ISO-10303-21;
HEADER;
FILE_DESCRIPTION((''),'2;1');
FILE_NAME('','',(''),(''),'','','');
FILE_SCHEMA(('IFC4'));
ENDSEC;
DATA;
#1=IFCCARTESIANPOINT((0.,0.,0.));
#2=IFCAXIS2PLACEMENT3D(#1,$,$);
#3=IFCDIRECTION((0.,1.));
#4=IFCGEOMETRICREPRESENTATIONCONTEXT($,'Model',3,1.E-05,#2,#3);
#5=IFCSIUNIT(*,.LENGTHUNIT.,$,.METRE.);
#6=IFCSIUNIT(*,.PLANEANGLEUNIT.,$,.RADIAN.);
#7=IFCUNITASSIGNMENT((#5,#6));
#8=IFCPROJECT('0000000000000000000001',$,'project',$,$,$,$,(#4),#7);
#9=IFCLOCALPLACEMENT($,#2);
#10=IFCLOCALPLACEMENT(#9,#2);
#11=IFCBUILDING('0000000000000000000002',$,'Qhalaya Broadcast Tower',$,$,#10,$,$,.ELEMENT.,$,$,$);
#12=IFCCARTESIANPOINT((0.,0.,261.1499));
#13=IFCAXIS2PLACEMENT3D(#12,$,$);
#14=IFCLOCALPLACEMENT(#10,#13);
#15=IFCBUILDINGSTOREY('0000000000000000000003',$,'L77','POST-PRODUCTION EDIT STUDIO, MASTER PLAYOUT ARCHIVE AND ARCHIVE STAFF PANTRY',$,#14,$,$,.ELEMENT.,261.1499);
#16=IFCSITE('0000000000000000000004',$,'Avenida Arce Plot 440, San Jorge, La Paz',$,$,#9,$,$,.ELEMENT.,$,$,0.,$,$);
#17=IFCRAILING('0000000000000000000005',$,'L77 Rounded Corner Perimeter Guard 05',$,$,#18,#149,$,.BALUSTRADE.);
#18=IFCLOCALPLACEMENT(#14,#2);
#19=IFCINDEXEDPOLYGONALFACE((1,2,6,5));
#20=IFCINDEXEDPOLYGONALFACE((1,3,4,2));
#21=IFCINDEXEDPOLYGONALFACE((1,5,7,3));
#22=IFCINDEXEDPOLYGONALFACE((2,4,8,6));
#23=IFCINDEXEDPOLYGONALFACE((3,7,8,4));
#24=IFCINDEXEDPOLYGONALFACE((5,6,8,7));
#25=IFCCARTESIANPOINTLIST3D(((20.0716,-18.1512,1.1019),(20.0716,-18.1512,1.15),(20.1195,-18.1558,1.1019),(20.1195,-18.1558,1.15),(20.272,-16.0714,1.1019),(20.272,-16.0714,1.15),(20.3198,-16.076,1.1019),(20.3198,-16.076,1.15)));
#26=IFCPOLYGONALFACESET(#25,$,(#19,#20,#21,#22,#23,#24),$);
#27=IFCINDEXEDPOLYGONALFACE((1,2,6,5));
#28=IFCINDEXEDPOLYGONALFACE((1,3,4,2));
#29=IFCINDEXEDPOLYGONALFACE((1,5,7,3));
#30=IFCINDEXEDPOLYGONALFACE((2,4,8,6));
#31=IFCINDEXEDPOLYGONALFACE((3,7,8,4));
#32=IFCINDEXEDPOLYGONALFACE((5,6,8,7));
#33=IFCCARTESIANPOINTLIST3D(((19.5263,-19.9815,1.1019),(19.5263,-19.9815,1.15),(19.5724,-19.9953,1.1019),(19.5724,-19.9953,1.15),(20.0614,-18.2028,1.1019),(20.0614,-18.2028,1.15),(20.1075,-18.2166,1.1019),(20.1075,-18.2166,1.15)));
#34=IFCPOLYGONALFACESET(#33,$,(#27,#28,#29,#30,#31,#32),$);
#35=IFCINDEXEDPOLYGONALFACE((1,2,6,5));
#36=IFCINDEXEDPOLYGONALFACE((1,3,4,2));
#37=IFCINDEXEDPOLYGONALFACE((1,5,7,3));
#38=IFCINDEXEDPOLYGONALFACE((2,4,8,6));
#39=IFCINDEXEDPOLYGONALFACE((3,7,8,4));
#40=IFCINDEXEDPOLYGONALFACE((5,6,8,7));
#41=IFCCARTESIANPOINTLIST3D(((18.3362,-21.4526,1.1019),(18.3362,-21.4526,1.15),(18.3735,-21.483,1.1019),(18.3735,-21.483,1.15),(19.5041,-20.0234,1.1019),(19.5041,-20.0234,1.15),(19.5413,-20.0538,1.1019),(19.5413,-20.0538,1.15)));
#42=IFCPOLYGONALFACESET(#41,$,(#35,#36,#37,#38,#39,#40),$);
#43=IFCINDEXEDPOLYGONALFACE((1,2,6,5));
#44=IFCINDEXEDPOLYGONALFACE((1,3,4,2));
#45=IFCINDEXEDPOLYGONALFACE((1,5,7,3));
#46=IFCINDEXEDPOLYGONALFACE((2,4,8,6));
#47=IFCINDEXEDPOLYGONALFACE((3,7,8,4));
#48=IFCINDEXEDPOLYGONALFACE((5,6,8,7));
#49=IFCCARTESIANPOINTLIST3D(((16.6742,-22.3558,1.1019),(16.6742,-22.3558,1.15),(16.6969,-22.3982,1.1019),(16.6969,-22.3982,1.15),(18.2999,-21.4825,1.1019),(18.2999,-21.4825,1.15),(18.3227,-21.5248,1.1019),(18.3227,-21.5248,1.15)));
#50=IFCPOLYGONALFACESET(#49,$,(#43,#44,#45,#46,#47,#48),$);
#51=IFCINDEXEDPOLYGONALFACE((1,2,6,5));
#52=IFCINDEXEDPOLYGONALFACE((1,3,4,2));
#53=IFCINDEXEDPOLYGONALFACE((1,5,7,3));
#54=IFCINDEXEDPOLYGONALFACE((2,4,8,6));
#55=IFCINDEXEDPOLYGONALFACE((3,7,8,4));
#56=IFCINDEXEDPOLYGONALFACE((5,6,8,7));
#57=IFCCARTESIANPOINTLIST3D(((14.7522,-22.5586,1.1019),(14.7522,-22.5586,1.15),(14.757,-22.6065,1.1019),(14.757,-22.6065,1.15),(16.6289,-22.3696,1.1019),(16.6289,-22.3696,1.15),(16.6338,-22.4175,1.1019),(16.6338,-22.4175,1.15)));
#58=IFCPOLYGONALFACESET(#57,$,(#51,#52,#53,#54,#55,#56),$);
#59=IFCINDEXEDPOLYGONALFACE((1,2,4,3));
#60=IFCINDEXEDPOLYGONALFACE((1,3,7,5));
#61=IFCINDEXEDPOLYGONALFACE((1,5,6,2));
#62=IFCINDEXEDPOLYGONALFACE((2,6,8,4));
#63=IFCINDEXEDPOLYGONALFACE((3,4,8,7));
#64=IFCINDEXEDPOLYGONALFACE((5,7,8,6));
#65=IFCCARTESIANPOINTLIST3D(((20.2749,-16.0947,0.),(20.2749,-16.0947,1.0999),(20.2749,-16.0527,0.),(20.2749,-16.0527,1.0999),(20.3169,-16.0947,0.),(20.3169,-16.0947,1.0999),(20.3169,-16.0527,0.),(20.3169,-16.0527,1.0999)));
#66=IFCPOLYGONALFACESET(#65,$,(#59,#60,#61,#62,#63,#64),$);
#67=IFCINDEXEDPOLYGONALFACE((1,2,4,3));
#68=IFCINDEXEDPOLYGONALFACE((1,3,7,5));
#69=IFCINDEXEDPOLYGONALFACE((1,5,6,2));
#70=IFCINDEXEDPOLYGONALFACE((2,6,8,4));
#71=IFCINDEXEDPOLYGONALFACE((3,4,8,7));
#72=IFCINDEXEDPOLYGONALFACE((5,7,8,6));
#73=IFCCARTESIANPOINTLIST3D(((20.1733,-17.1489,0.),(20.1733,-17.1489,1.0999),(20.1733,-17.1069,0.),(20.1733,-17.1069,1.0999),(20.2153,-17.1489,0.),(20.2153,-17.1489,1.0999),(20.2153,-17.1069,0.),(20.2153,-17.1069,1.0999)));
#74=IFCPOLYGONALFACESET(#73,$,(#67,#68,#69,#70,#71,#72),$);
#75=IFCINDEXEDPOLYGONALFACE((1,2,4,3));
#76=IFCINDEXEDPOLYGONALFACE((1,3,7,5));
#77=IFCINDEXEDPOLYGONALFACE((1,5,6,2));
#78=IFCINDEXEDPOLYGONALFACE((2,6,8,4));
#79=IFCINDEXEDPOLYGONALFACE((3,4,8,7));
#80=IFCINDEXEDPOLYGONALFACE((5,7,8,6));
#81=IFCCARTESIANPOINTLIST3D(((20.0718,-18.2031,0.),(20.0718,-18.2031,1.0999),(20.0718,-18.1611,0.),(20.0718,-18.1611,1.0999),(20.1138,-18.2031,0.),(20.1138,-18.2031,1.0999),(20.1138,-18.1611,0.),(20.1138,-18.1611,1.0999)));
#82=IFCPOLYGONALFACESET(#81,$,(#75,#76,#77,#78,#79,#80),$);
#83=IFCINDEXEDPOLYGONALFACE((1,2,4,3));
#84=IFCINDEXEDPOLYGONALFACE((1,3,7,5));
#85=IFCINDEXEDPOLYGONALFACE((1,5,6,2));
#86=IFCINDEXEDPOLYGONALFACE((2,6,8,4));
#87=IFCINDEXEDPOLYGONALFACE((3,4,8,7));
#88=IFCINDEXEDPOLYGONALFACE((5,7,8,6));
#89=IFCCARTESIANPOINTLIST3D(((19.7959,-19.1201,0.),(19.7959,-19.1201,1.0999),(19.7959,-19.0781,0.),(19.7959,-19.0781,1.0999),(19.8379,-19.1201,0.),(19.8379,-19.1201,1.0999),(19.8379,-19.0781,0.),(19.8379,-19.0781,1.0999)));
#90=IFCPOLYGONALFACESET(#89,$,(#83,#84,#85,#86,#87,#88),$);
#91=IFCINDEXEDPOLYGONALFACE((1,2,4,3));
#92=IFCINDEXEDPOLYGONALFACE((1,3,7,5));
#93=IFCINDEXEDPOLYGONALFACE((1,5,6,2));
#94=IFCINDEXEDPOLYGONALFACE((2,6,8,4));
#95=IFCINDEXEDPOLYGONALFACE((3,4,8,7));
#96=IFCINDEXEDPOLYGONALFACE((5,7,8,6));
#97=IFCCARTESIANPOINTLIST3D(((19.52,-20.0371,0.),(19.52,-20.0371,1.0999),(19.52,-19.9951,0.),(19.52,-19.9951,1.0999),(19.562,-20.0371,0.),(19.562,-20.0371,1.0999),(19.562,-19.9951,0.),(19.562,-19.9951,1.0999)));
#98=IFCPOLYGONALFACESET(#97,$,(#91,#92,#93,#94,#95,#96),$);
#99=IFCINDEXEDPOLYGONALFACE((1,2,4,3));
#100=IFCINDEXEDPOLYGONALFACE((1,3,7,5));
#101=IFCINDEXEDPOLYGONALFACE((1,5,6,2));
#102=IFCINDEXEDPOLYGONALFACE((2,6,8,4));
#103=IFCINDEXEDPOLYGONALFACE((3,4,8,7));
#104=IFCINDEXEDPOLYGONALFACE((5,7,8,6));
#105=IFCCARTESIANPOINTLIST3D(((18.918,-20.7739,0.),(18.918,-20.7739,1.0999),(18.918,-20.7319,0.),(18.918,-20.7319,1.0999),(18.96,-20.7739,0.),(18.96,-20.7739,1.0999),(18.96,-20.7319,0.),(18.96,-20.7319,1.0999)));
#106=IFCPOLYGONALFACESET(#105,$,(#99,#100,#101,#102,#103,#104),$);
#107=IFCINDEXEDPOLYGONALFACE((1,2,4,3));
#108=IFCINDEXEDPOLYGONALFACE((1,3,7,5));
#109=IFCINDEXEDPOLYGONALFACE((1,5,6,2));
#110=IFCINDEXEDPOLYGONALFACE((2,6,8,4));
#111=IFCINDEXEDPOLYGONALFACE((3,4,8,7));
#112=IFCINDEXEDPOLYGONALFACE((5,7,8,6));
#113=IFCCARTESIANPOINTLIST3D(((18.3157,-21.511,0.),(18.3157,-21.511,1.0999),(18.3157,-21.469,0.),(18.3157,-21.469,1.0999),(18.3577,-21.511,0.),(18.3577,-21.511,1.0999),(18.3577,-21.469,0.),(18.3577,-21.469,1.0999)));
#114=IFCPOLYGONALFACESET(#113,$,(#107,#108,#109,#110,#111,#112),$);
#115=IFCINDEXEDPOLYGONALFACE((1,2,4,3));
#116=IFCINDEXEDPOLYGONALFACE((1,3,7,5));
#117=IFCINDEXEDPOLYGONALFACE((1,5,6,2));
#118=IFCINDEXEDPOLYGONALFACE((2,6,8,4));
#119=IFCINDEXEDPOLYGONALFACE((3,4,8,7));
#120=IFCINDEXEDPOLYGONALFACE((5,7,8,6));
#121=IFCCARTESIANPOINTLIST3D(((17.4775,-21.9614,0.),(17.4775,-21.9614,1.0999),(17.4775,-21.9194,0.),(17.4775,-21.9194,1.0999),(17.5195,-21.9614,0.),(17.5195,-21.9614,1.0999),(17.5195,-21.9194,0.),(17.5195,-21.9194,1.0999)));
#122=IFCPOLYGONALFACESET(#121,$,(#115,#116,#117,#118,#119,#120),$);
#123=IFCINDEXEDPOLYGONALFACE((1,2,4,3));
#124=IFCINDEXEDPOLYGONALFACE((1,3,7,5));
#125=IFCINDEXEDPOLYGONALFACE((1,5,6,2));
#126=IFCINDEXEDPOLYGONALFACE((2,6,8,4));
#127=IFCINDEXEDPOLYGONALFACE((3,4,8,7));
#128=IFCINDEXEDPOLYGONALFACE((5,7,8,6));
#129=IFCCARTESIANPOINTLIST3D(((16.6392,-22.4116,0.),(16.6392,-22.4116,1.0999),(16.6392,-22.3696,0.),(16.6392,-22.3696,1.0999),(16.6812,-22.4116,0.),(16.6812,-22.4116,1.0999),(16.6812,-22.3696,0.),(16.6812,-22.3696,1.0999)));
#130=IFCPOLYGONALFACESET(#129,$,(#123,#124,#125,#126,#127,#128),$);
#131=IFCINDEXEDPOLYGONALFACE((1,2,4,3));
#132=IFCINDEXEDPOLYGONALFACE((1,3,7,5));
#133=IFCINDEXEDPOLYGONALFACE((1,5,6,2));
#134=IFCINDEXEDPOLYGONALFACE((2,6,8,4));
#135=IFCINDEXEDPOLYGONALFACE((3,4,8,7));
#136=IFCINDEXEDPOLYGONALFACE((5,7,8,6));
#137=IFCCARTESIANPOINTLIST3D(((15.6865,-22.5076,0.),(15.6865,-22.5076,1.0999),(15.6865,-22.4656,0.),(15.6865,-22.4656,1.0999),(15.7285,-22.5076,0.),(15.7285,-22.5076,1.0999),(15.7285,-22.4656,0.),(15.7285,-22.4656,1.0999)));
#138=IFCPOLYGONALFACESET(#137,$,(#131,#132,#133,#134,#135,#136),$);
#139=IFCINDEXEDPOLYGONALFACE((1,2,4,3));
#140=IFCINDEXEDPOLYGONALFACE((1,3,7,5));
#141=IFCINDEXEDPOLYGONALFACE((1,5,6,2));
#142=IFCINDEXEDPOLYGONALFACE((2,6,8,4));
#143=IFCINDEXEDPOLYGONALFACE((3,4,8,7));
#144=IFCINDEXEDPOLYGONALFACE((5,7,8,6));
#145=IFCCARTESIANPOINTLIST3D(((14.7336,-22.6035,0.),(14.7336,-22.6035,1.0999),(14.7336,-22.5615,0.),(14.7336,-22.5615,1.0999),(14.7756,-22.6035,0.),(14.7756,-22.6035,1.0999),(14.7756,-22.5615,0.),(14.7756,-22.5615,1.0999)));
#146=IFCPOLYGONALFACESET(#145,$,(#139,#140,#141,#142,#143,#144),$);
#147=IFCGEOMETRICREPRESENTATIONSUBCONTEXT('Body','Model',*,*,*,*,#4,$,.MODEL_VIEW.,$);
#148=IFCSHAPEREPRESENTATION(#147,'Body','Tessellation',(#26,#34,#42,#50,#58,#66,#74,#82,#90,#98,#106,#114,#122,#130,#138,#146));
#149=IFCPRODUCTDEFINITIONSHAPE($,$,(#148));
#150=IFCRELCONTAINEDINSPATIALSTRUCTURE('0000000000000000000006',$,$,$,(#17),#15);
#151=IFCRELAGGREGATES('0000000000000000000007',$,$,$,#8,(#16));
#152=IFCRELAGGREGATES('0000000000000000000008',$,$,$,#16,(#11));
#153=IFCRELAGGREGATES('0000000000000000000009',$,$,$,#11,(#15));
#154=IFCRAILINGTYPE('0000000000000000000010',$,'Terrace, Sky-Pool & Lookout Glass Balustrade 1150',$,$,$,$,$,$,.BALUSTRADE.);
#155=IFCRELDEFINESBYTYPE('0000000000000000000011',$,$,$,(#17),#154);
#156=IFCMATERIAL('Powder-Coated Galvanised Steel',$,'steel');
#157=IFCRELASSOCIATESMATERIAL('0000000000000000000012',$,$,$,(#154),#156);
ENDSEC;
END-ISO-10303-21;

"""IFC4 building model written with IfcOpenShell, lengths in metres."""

from ifc_helpers import new_model, si_unit, direction, frame, origin, origin_2d, place, context, subcontext, project, spatial, rectangle, extrude, material, type_object, element, save


model = new_model("IFC4")

# Units and contexts
model_context = context("Model", 3, precision=1e-05, world=origin(), true_north=direction((0.0, 1.0)))
body_context = subcontext(model_context, "Body", "Model", "MODEL_VIEW")
ifc_project = project(units=[si_unit("LENGTHUNIT", "METRE"), si_unit("PLANEANGLEUNIT", "RADIAN")], contexts=[model_context])

# Site, building, storey
site_placement = place(None, origin())
site = spatial("IfcSite", under=ifc_project, at=site_placement, Name="Avenida Arce Plot 440, San Jorge, La Paz", CompositionType="ELEMENT", RefElevation=0.0)
building_placement = place(site_placement, origin())
building = spatial("IfcBuilding", under=site, at=building_placement, Name="Qhalaya Broadcast Tower", CompositionType="ELEMENT")
storey_placement = place(building_placement, frame((0.0, 0.0, 261.1499)))
storey = spatial("IfcBuildingStorey", under=building, at=storey_placement, Name="L77", Description="POST-PRODUCTION EDIT STUDIO, MASTER PLAYOUT ARCHIVE AND ARCHIVE STAFF PANTRY", CompositionType="ELEMENT", Elevation=261.1499)

# Railing
ifc_material_1 = material(Name="Powder-Coated Galvanised Steel", Category="steel")
railing_type = type_object("IfcRailingType", Name="Terrace, Sky-Pool & Lookout Glass Balustrade 1150", PredefinedType="BALUSTRADE", material=ifc_material_1)
railing_1_placement = place(storey_placement, frame((20.2959, -16.0737, 0.0)))
element("IfcRailing", 1, at=railing_1_placement, inside=storey, type_object=railing_type, Name="L77 Rounded Corner Perimeter Guard 05", PredefinedType="BALUSTRADE", context=body_context, shape_type="SweptSolid", body=[
    extrude(rectangle(XDim=0.0481, YDim=0.0481, at=origin_2d()), frame((0.0, 0.0, 1.126), z_axis=(-0.095897, -0.995391, 0.0), x_axis=(0.995391, -0.095897, 0.0)), (0.0, 0.0, 1.0), 2.0894),
    extrude(rectangle(XDim=0.0481, YDim=0.0481, at=origin_2d()), frame((-0.2114, -2.136, 1.126), z_axis=(-0.288096, -0.957601, 0.0), x_axis=(0.957601, -0.288096, 0.0)), (0.0, 0.0, 1.0), 1.8574),
    extrude(rectangle(XDim=0.0481, YDim=0.0481, at=origin_2d()), frame((-0.7732, -3.9648, 1.126), z_axis=(-0.632749, -0.774357, 0.0), x_axis=(0.774357, -0.632749, 0.0)), (0.0, 0.0, 1.0), 1.8457),
    extrude(rectangle(XDim=0.0481, YDim=0.0481, at=origin_2d()), frame((-1.9846, -5.4299, 1.126), z_axis=(-0.880932, -0.473243, 0.0), x_axis=(0.473243, -0.880932, 0.0)), (0.0, 0.0, 1.0), 1.8455),
    extrude(rectangle(XDim=0.0481, YDim=0.0481, at=origin_2d()), frame((-3.6646, -6.3198, 1.126), z_axis=(-0.994968, -0.100198, 0.0), x_axis=(0.100198, -0.994968, 0.0)), (0.0, 0.0, 1.0), 1.8862),
    extrude(rectangle(XDim=0.042, YDim=0.042, at=origin_2d()), origin(), (0.0, 0.0, 1.0), 1.0999),
    extrude(rectangle(XDim=0.042, YDim=0.042, at=origin_2d()), frame((-0.1016, -1.0542, 0.0)), (0.0, 0.0, 1.0), 1.0999),
    extrude(rectangle(XDim=0.042, YDim=0.042, at=origin_2d()), frame((-0.2031, -2.1084, 0.0)), (0.0, 0.0, 1.0), 1.0999),
    extrude(rectangle(XDim=0.042, YDim=0.042, at=origin_2d()), frame((-0.479, -3.0254, 0.0)), (0.0, 0.0, 1.0), 1.0999),
    extrude(rectangle(XDim=0.042, YDim=0.042, at=origin_2d()), frame((-0.7549, -3.9424, 0.0)), (0.0, 0.0, 1.0), 1.0999),
    extrude(rectangle(XDim=0.042, YDim=0.042, at=origin_2d()), frame((-1.3569, -4.6792, 0.0)), (0.0, 0.0, 1.0), 1.0999),
    extrude(rectangle(XDim=0.042, YDim=0.042, at=origin_2d()), frame((-1.9592, -5.4163, 0.0)), (0.0, 0.0, 1.0), 1.0999),
    extrude(rectangle(XDim=0.042, YDim=0.042, at=origin_2d()), frame((-2.7974, -5.8667, 0.0)), (0.0, 0.0, 1.0), 1.0999),
    extrude(rectangle(XDim=0.042, YDim=0.042, at=origin_2d()), frame((-3.6357, -6.3169, 0.0)), (0.0, 0.0, 1.0), 1.0999),
    extrude(rectangle(XDim=0.042, YDim=0.042, at=origin_2d()), frame((-4.5884, -6.4128, 0.0)), (0.0, 0.0, 1.0), 1.0999),
    extrude(rectangle(XDim=0.042, YDim=0.042, at=origin_2d()), frame((-5.5413, -6.5088, 0.0)), (0.0, 0.0, 1.0), 1.0999),
])

save(model, "model.ifc")
